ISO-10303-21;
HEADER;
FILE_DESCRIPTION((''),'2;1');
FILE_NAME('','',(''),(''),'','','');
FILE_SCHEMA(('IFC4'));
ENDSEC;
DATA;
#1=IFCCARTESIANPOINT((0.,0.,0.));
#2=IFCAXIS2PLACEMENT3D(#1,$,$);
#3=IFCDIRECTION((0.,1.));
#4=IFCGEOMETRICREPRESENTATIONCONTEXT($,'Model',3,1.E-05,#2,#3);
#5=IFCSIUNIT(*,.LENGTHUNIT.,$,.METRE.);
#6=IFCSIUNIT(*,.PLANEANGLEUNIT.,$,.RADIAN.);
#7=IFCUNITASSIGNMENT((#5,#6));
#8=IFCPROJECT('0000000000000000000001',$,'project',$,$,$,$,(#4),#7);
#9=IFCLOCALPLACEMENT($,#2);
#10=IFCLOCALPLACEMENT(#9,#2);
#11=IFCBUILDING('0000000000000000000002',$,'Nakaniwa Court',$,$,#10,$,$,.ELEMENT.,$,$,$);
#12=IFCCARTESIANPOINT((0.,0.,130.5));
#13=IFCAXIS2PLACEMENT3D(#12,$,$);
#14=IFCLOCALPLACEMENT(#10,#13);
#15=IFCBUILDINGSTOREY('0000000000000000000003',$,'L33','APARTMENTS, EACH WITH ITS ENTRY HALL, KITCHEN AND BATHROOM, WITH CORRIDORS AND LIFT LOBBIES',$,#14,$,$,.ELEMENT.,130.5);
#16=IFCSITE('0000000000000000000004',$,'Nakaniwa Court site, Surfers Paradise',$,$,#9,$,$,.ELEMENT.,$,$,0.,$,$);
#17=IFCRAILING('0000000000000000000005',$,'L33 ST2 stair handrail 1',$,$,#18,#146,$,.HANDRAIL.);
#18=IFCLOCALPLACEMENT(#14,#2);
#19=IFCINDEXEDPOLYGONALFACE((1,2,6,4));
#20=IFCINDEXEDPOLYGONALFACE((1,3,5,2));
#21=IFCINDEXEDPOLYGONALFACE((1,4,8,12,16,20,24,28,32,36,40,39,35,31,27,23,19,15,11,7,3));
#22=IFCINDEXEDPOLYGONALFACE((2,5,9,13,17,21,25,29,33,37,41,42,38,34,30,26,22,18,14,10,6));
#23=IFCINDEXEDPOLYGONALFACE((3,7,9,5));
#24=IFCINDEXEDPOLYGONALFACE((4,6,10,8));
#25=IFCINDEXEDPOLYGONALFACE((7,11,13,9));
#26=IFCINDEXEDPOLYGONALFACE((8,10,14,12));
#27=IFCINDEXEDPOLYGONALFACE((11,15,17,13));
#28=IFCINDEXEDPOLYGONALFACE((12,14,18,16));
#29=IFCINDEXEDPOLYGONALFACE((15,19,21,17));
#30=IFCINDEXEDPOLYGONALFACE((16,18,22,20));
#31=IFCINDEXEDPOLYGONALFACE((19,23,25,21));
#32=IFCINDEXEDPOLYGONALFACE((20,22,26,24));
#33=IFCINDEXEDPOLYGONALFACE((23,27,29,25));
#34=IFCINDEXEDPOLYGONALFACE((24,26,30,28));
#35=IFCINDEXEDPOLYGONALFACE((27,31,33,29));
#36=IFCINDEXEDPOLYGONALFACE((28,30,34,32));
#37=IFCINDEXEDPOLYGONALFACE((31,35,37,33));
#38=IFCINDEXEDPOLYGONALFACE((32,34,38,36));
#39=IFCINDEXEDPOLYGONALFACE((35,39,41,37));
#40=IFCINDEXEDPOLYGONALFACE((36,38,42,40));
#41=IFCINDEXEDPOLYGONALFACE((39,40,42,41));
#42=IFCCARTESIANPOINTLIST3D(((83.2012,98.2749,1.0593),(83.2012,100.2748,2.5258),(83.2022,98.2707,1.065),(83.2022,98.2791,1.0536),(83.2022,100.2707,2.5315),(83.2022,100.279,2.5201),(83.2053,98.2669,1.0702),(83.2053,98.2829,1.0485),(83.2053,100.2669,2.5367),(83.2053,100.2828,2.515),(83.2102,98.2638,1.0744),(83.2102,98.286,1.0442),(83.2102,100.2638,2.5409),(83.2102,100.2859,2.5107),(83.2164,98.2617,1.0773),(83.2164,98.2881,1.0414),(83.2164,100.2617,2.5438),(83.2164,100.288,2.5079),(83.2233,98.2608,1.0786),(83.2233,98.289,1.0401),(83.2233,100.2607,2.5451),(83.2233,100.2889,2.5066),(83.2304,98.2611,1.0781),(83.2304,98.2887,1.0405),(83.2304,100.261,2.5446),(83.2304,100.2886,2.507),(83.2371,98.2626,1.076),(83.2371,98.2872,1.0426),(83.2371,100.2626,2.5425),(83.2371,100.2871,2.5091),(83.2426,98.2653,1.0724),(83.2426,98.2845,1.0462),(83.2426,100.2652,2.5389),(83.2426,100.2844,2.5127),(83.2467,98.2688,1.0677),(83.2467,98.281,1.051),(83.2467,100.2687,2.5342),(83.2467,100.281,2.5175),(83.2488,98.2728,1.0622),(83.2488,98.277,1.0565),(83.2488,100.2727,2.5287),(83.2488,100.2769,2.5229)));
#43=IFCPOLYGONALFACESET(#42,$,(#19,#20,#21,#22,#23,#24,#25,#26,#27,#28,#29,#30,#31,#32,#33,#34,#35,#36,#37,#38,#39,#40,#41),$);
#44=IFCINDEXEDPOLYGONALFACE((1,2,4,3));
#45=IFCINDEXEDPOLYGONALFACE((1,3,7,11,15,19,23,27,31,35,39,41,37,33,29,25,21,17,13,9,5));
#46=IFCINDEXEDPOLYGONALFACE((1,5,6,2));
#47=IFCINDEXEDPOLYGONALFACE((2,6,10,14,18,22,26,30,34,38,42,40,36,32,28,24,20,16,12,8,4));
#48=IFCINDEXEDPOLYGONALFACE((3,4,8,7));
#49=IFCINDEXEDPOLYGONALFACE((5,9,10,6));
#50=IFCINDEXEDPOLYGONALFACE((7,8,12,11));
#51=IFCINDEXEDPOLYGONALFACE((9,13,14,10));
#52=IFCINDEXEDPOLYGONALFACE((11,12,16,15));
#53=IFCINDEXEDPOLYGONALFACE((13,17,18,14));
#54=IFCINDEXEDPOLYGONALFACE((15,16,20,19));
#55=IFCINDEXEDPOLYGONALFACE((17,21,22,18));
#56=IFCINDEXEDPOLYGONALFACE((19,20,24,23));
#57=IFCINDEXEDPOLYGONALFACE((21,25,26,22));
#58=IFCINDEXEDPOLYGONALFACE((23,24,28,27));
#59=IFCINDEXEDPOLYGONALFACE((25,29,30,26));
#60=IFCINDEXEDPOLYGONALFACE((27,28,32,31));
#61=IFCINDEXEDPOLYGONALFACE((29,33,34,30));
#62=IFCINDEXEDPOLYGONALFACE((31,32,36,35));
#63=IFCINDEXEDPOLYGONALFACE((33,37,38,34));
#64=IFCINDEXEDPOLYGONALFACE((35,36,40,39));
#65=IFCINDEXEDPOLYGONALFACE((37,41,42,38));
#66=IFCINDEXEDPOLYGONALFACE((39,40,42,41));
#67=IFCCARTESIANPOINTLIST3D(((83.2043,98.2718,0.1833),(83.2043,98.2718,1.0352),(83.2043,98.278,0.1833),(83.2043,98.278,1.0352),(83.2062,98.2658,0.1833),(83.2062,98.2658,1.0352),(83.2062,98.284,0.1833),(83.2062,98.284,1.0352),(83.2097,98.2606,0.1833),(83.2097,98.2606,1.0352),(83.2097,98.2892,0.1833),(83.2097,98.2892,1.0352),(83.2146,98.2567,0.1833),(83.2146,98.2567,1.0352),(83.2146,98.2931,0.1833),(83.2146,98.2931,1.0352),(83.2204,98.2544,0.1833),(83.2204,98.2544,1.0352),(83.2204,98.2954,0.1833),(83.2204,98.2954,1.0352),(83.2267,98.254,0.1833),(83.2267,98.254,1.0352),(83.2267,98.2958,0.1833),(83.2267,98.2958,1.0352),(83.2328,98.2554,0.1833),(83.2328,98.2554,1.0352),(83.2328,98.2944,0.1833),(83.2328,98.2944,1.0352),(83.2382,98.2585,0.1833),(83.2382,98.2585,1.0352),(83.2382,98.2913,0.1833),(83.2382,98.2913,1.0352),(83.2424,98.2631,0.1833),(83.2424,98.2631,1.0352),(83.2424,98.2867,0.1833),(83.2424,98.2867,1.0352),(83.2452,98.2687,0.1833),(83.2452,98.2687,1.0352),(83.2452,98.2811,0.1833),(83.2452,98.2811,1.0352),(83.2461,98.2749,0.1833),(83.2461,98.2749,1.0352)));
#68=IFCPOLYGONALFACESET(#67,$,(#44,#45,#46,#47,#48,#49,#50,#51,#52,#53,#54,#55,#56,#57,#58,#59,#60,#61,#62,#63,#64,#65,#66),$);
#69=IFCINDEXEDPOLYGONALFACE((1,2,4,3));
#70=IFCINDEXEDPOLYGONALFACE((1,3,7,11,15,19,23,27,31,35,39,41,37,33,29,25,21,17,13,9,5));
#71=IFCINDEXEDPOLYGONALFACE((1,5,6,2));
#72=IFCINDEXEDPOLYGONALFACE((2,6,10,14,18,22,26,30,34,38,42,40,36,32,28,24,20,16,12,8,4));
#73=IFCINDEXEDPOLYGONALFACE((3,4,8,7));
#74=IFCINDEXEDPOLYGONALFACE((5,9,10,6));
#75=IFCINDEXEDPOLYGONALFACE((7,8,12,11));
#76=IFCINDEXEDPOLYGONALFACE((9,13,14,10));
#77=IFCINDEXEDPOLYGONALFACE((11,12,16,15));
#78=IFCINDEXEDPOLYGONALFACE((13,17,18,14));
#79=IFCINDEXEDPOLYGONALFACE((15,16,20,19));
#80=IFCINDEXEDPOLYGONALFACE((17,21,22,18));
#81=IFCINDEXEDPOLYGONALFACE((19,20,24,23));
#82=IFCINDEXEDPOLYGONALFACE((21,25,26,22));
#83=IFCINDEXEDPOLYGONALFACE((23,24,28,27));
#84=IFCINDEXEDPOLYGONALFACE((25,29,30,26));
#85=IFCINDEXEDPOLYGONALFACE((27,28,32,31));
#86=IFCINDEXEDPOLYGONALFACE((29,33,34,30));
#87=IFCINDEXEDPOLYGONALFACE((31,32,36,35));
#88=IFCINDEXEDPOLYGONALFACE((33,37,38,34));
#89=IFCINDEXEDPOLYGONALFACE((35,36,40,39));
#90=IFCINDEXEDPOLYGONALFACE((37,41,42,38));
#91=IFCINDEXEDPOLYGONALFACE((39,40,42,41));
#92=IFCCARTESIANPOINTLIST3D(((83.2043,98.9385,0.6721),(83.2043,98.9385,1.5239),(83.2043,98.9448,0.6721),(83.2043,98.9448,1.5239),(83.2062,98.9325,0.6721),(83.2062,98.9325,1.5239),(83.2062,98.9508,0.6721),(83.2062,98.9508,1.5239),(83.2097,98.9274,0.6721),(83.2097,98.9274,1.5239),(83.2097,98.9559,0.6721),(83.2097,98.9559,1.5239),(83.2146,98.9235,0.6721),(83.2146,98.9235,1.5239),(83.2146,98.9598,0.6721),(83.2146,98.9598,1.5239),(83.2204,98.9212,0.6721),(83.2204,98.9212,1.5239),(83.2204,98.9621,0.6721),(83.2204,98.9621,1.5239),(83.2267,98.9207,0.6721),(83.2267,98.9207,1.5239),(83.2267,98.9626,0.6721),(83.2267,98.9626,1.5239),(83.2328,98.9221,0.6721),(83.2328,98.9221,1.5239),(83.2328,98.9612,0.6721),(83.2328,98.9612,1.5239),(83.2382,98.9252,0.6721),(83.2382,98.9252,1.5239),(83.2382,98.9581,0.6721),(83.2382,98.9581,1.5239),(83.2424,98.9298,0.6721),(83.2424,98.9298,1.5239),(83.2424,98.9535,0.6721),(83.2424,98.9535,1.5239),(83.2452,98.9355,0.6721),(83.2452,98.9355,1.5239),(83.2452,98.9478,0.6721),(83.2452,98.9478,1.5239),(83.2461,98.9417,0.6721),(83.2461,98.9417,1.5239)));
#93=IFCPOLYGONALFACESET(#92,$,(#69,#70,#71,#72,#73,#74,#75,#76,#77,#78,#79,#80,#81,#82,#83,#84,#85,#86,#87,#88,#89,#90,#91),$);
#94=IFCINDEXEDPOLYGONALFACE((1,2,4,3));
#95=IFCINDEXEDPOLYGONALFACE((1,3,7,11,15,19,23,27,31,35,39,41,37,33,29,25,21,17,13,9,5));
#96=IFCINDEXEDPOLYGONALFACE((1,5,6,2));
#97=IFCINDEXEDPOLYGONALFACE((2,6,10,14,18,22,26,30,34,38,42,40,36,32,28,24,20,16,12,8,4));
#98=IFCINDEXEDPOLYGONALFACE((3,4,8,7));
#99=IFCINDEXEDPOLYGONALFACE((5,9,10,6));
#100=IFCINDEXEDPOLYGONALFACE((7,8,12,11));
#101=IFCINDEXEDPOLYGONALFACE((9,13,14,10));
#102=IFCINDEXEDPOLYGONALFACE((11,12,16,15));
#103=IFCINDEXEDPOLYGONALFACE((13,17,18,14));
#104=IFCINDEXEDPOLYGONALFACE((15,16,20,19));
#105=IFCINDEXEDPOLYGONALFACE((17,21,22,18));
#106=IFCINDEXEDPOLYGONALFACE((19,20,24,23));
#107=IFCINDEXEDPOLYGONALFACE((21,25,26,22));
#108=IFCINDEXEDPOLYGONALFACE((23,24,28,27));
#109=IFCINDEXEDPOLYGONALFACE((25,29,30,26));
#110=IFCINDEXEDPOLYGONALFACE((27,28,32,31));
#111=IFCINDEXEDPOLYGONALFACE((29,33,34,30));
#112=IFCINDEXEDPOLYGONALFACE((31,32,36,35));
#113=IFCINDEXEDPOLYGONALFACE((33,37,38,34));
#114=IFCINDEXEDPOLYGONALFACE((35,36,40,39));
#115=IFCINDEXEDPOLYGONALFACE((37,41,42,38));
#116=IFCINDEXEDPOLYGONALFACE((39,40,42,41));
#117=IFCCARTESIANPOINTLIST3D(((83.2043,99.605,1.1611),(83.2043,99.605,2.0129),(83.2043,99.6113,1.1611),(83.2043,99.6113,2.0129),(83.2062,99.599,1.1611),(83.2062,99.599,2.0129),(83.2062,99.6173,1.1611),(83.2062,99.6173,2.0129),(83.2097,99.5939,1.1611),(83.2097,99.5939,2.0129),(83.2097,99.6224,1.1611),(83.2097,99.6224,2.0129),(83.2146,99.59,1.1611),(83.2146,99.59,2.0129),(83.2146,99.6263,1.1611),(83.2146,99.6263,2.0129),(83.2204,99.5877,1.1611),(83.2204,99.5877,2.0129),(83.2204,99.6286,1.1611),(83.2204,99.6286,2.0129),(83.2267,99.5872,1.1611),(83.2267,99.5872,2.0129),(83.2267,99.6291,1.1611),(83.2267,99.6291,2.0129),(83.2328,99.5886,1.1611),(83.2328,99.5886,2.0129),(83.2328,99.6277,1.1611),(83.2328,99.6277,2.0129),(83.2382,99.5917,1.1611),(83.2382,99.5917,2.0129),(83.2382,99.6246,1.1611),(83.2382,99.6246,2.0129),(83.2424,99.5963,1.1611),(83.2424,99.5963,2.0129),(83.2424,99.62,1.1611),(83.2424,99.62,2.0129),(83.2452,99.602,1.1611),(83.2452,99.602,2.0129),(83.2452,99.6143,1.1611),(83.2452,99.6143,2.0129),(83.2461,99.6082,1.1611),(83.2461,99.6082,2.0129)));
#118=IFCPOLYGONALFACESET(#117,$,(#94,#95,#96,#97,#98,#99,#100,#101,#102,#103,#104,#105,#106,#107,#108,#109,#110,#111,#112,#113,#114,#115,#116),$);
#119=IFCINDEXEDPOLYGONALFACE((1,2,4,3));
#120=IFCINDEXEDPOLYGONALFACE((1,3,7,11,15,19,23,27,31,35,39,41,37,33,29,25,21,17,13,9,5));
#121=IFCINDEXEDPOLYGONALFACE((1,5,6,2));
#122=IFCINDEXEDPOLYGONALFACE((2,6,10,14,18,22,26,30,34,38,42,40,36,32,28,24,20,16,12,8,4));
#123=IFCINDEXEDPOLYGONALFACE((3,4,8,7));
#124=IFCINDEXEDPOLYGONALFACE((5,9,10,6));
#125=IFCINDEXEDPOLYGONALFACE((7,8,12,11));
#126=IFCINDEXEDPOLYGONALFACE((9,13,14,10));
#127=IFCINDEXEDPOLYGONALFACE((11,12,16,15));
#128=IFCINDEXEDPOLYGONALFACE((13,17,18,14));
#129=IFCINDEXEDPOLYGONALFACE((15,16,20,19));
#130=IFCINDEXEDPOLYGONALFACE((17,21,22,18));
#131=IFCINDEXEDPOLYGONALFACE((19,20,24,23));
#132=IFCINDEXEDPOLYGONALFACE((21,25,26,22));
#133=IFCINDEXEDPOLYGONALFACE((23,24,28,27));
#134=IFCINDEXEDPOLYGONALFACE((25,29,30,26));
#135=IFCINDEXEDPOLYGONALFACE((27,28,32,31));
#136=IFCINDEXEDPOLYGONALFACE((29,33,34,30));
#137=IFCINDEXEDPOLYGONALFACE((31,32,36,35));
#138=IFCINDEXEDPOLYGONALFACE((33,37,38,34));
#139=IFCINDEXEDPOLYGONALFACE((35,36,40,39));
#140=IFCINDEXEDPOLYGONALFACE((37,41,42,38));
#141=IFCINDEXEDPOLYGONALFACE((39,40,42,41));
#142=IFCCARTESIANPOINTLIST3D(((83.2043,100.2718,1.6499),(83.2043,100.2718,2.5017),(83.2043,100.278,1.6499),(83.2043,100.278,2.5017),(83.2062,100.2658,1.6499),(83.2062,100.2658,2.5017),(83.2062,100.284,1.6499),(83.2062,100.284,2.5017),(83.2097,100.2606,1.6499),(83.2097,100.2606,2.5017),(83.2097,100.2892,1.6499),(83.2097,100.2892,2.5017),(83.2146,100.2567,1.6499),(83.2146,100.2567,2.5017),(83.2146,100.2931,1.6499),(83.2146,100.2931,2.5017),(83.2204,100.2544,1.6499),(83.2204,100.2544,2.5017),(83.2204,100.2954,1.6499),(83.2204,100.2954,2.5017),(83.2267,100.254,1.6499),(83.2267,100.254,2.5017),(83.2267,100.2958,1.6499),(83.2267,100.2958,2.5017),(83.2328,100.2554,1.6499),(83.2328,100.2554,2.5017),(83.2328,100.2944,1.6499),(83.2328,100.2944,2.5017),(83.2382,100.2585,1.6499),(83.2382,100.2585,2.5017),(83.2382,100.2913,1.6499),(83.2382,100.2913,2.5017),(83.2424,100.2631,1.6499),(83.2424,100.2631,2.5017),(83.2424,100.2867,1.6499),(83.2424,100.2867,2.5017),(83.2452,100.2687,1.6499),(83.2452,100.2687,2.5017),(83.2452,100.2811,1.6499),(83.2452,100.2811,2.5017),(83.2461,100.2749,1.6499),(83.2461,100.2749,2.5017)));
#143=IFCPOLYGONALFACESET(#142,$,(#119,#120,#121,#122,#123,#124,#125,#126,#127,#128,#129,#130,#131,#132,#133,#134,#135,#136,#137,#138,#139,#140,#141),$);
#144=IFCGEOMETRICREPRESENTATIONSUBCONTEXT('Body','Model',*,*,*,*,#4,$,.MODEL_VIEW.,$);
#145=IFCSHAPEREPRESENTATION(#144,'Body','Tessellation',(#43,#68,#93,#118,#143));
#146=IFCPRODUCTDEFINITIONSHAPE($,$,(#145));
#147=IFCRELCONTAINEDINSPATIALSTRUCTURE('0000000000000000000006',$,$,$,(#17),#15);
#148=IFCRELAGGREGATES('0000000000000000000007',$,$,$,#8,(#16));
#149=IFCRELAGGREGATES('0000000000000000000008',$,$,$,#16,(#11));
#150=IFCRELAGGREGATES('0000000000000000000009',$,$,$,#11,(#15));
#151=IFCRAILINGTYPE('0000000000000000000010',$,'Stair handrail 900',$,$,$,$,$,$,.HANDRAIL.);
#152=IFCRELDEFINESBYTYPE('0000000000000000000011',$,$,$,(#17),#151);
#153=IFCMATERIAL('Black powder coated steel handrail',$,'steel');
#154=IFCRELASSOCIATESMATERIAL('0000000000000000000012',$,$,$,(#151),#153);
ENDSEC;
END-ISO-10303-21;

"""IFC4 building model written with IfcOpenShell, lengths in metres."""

from ifc_helpers import new_model, si_unit, direction, frame, origin, origin_2d, place, context, subcontext, project, spatial, circle, extrude, material, type_object, element, save


model = new_model("IFC4")

# Units and contexts
model_context = context("Model", 3, precision=1e-05, world=origin(), true_north=direction((0.0, 1.0)))
body_context = subcontext(model_context, "Body", "Model", "MODEL_VIEW")
ifc_project = project(units=[si_unit("LENGTHUNIT", "METRE"), si_unit("PLANEANGLEUNIT", "RADIAN")], contexts=[model_context])

# Site, building, storey
site_placement = place(None, origin())
site = spatial("IfcSite", under=ifc_project, at=site_placement, Name="Nakaniwa Court site, Surfers Paradise", CompositionType="ELEMENT", RefElevation=0.0)
building_placement = place(site_placement, origin())
building = spatial("IfcBuilding", under=site, at=building_placement, Name="Nakaniwa Court", CompositionType="ELEMENT")
storey_placement = place(building_placement, frame((0.0, 0.0, 130.5)))
storey = spatial("IfcBuildingStorey", under=building, at=storey_placement, Name="L33", Description="APARTMENTS, EACH WITH ITS ENTRY HALL, KITCHEN AND BATHROOM, WITH CORRIDORS AND LIFT LOBBIES", CompositionType="ELEMENT", Elevation=130.5)

# Railing
ifc_material_1 = material(Name="Black powder coated steel handrail", Category="steel")
railing_type_1 = type_object("IfcRailingType", Name="Stair handrail 900", PredefinedType="HANDRAIL", material=ifc_material_1)
railing_1_placement = place(storey_placement, frame((83.2251, 98.2749, 0.1833)))
element("IfcRailing", 1, at=railing_1_placement, inside=storey, type_object=railing_type_1, Name="L33 ST2 stair handrail 1", PredefinedType="HANDRAIL", context=body_context, shape_type="SweptSolid", body=[
    extrude(circle(Radius=0.0239, at=origin_2d()), frame((0.0, 0.0, 0.876), z_axis=(0.0, 0.806427, 0.591334), x_axis=(-1.0, 0.0, 0.0)), (0.0, 0.0, 1.0), 2.48),
    extrude(circle(Radius=0.021, at=origin_2d()), origin(), (0.0, 0.0, 1.0), 0.8518),
    extrude(circle(Radius=0.021, at=origin_2d()), frame((0.0, 0.6667, 0.4888)), (0.0, 0.0, 1.0), 0.8518),
    extrude(circle(Radius=0.021, at=origin_2d()), frame((0.0, 1.3333, 0.9778)), (0.0, 0.0, 1.0), 0.8518),
    extrude(circle(Radius=0.021, at=origin_2d()), frame((0.0, 2.0, 1.4666)), (0.0, 0.0, 1.0), 0.8518),
])

save(model, "model.ifc")
